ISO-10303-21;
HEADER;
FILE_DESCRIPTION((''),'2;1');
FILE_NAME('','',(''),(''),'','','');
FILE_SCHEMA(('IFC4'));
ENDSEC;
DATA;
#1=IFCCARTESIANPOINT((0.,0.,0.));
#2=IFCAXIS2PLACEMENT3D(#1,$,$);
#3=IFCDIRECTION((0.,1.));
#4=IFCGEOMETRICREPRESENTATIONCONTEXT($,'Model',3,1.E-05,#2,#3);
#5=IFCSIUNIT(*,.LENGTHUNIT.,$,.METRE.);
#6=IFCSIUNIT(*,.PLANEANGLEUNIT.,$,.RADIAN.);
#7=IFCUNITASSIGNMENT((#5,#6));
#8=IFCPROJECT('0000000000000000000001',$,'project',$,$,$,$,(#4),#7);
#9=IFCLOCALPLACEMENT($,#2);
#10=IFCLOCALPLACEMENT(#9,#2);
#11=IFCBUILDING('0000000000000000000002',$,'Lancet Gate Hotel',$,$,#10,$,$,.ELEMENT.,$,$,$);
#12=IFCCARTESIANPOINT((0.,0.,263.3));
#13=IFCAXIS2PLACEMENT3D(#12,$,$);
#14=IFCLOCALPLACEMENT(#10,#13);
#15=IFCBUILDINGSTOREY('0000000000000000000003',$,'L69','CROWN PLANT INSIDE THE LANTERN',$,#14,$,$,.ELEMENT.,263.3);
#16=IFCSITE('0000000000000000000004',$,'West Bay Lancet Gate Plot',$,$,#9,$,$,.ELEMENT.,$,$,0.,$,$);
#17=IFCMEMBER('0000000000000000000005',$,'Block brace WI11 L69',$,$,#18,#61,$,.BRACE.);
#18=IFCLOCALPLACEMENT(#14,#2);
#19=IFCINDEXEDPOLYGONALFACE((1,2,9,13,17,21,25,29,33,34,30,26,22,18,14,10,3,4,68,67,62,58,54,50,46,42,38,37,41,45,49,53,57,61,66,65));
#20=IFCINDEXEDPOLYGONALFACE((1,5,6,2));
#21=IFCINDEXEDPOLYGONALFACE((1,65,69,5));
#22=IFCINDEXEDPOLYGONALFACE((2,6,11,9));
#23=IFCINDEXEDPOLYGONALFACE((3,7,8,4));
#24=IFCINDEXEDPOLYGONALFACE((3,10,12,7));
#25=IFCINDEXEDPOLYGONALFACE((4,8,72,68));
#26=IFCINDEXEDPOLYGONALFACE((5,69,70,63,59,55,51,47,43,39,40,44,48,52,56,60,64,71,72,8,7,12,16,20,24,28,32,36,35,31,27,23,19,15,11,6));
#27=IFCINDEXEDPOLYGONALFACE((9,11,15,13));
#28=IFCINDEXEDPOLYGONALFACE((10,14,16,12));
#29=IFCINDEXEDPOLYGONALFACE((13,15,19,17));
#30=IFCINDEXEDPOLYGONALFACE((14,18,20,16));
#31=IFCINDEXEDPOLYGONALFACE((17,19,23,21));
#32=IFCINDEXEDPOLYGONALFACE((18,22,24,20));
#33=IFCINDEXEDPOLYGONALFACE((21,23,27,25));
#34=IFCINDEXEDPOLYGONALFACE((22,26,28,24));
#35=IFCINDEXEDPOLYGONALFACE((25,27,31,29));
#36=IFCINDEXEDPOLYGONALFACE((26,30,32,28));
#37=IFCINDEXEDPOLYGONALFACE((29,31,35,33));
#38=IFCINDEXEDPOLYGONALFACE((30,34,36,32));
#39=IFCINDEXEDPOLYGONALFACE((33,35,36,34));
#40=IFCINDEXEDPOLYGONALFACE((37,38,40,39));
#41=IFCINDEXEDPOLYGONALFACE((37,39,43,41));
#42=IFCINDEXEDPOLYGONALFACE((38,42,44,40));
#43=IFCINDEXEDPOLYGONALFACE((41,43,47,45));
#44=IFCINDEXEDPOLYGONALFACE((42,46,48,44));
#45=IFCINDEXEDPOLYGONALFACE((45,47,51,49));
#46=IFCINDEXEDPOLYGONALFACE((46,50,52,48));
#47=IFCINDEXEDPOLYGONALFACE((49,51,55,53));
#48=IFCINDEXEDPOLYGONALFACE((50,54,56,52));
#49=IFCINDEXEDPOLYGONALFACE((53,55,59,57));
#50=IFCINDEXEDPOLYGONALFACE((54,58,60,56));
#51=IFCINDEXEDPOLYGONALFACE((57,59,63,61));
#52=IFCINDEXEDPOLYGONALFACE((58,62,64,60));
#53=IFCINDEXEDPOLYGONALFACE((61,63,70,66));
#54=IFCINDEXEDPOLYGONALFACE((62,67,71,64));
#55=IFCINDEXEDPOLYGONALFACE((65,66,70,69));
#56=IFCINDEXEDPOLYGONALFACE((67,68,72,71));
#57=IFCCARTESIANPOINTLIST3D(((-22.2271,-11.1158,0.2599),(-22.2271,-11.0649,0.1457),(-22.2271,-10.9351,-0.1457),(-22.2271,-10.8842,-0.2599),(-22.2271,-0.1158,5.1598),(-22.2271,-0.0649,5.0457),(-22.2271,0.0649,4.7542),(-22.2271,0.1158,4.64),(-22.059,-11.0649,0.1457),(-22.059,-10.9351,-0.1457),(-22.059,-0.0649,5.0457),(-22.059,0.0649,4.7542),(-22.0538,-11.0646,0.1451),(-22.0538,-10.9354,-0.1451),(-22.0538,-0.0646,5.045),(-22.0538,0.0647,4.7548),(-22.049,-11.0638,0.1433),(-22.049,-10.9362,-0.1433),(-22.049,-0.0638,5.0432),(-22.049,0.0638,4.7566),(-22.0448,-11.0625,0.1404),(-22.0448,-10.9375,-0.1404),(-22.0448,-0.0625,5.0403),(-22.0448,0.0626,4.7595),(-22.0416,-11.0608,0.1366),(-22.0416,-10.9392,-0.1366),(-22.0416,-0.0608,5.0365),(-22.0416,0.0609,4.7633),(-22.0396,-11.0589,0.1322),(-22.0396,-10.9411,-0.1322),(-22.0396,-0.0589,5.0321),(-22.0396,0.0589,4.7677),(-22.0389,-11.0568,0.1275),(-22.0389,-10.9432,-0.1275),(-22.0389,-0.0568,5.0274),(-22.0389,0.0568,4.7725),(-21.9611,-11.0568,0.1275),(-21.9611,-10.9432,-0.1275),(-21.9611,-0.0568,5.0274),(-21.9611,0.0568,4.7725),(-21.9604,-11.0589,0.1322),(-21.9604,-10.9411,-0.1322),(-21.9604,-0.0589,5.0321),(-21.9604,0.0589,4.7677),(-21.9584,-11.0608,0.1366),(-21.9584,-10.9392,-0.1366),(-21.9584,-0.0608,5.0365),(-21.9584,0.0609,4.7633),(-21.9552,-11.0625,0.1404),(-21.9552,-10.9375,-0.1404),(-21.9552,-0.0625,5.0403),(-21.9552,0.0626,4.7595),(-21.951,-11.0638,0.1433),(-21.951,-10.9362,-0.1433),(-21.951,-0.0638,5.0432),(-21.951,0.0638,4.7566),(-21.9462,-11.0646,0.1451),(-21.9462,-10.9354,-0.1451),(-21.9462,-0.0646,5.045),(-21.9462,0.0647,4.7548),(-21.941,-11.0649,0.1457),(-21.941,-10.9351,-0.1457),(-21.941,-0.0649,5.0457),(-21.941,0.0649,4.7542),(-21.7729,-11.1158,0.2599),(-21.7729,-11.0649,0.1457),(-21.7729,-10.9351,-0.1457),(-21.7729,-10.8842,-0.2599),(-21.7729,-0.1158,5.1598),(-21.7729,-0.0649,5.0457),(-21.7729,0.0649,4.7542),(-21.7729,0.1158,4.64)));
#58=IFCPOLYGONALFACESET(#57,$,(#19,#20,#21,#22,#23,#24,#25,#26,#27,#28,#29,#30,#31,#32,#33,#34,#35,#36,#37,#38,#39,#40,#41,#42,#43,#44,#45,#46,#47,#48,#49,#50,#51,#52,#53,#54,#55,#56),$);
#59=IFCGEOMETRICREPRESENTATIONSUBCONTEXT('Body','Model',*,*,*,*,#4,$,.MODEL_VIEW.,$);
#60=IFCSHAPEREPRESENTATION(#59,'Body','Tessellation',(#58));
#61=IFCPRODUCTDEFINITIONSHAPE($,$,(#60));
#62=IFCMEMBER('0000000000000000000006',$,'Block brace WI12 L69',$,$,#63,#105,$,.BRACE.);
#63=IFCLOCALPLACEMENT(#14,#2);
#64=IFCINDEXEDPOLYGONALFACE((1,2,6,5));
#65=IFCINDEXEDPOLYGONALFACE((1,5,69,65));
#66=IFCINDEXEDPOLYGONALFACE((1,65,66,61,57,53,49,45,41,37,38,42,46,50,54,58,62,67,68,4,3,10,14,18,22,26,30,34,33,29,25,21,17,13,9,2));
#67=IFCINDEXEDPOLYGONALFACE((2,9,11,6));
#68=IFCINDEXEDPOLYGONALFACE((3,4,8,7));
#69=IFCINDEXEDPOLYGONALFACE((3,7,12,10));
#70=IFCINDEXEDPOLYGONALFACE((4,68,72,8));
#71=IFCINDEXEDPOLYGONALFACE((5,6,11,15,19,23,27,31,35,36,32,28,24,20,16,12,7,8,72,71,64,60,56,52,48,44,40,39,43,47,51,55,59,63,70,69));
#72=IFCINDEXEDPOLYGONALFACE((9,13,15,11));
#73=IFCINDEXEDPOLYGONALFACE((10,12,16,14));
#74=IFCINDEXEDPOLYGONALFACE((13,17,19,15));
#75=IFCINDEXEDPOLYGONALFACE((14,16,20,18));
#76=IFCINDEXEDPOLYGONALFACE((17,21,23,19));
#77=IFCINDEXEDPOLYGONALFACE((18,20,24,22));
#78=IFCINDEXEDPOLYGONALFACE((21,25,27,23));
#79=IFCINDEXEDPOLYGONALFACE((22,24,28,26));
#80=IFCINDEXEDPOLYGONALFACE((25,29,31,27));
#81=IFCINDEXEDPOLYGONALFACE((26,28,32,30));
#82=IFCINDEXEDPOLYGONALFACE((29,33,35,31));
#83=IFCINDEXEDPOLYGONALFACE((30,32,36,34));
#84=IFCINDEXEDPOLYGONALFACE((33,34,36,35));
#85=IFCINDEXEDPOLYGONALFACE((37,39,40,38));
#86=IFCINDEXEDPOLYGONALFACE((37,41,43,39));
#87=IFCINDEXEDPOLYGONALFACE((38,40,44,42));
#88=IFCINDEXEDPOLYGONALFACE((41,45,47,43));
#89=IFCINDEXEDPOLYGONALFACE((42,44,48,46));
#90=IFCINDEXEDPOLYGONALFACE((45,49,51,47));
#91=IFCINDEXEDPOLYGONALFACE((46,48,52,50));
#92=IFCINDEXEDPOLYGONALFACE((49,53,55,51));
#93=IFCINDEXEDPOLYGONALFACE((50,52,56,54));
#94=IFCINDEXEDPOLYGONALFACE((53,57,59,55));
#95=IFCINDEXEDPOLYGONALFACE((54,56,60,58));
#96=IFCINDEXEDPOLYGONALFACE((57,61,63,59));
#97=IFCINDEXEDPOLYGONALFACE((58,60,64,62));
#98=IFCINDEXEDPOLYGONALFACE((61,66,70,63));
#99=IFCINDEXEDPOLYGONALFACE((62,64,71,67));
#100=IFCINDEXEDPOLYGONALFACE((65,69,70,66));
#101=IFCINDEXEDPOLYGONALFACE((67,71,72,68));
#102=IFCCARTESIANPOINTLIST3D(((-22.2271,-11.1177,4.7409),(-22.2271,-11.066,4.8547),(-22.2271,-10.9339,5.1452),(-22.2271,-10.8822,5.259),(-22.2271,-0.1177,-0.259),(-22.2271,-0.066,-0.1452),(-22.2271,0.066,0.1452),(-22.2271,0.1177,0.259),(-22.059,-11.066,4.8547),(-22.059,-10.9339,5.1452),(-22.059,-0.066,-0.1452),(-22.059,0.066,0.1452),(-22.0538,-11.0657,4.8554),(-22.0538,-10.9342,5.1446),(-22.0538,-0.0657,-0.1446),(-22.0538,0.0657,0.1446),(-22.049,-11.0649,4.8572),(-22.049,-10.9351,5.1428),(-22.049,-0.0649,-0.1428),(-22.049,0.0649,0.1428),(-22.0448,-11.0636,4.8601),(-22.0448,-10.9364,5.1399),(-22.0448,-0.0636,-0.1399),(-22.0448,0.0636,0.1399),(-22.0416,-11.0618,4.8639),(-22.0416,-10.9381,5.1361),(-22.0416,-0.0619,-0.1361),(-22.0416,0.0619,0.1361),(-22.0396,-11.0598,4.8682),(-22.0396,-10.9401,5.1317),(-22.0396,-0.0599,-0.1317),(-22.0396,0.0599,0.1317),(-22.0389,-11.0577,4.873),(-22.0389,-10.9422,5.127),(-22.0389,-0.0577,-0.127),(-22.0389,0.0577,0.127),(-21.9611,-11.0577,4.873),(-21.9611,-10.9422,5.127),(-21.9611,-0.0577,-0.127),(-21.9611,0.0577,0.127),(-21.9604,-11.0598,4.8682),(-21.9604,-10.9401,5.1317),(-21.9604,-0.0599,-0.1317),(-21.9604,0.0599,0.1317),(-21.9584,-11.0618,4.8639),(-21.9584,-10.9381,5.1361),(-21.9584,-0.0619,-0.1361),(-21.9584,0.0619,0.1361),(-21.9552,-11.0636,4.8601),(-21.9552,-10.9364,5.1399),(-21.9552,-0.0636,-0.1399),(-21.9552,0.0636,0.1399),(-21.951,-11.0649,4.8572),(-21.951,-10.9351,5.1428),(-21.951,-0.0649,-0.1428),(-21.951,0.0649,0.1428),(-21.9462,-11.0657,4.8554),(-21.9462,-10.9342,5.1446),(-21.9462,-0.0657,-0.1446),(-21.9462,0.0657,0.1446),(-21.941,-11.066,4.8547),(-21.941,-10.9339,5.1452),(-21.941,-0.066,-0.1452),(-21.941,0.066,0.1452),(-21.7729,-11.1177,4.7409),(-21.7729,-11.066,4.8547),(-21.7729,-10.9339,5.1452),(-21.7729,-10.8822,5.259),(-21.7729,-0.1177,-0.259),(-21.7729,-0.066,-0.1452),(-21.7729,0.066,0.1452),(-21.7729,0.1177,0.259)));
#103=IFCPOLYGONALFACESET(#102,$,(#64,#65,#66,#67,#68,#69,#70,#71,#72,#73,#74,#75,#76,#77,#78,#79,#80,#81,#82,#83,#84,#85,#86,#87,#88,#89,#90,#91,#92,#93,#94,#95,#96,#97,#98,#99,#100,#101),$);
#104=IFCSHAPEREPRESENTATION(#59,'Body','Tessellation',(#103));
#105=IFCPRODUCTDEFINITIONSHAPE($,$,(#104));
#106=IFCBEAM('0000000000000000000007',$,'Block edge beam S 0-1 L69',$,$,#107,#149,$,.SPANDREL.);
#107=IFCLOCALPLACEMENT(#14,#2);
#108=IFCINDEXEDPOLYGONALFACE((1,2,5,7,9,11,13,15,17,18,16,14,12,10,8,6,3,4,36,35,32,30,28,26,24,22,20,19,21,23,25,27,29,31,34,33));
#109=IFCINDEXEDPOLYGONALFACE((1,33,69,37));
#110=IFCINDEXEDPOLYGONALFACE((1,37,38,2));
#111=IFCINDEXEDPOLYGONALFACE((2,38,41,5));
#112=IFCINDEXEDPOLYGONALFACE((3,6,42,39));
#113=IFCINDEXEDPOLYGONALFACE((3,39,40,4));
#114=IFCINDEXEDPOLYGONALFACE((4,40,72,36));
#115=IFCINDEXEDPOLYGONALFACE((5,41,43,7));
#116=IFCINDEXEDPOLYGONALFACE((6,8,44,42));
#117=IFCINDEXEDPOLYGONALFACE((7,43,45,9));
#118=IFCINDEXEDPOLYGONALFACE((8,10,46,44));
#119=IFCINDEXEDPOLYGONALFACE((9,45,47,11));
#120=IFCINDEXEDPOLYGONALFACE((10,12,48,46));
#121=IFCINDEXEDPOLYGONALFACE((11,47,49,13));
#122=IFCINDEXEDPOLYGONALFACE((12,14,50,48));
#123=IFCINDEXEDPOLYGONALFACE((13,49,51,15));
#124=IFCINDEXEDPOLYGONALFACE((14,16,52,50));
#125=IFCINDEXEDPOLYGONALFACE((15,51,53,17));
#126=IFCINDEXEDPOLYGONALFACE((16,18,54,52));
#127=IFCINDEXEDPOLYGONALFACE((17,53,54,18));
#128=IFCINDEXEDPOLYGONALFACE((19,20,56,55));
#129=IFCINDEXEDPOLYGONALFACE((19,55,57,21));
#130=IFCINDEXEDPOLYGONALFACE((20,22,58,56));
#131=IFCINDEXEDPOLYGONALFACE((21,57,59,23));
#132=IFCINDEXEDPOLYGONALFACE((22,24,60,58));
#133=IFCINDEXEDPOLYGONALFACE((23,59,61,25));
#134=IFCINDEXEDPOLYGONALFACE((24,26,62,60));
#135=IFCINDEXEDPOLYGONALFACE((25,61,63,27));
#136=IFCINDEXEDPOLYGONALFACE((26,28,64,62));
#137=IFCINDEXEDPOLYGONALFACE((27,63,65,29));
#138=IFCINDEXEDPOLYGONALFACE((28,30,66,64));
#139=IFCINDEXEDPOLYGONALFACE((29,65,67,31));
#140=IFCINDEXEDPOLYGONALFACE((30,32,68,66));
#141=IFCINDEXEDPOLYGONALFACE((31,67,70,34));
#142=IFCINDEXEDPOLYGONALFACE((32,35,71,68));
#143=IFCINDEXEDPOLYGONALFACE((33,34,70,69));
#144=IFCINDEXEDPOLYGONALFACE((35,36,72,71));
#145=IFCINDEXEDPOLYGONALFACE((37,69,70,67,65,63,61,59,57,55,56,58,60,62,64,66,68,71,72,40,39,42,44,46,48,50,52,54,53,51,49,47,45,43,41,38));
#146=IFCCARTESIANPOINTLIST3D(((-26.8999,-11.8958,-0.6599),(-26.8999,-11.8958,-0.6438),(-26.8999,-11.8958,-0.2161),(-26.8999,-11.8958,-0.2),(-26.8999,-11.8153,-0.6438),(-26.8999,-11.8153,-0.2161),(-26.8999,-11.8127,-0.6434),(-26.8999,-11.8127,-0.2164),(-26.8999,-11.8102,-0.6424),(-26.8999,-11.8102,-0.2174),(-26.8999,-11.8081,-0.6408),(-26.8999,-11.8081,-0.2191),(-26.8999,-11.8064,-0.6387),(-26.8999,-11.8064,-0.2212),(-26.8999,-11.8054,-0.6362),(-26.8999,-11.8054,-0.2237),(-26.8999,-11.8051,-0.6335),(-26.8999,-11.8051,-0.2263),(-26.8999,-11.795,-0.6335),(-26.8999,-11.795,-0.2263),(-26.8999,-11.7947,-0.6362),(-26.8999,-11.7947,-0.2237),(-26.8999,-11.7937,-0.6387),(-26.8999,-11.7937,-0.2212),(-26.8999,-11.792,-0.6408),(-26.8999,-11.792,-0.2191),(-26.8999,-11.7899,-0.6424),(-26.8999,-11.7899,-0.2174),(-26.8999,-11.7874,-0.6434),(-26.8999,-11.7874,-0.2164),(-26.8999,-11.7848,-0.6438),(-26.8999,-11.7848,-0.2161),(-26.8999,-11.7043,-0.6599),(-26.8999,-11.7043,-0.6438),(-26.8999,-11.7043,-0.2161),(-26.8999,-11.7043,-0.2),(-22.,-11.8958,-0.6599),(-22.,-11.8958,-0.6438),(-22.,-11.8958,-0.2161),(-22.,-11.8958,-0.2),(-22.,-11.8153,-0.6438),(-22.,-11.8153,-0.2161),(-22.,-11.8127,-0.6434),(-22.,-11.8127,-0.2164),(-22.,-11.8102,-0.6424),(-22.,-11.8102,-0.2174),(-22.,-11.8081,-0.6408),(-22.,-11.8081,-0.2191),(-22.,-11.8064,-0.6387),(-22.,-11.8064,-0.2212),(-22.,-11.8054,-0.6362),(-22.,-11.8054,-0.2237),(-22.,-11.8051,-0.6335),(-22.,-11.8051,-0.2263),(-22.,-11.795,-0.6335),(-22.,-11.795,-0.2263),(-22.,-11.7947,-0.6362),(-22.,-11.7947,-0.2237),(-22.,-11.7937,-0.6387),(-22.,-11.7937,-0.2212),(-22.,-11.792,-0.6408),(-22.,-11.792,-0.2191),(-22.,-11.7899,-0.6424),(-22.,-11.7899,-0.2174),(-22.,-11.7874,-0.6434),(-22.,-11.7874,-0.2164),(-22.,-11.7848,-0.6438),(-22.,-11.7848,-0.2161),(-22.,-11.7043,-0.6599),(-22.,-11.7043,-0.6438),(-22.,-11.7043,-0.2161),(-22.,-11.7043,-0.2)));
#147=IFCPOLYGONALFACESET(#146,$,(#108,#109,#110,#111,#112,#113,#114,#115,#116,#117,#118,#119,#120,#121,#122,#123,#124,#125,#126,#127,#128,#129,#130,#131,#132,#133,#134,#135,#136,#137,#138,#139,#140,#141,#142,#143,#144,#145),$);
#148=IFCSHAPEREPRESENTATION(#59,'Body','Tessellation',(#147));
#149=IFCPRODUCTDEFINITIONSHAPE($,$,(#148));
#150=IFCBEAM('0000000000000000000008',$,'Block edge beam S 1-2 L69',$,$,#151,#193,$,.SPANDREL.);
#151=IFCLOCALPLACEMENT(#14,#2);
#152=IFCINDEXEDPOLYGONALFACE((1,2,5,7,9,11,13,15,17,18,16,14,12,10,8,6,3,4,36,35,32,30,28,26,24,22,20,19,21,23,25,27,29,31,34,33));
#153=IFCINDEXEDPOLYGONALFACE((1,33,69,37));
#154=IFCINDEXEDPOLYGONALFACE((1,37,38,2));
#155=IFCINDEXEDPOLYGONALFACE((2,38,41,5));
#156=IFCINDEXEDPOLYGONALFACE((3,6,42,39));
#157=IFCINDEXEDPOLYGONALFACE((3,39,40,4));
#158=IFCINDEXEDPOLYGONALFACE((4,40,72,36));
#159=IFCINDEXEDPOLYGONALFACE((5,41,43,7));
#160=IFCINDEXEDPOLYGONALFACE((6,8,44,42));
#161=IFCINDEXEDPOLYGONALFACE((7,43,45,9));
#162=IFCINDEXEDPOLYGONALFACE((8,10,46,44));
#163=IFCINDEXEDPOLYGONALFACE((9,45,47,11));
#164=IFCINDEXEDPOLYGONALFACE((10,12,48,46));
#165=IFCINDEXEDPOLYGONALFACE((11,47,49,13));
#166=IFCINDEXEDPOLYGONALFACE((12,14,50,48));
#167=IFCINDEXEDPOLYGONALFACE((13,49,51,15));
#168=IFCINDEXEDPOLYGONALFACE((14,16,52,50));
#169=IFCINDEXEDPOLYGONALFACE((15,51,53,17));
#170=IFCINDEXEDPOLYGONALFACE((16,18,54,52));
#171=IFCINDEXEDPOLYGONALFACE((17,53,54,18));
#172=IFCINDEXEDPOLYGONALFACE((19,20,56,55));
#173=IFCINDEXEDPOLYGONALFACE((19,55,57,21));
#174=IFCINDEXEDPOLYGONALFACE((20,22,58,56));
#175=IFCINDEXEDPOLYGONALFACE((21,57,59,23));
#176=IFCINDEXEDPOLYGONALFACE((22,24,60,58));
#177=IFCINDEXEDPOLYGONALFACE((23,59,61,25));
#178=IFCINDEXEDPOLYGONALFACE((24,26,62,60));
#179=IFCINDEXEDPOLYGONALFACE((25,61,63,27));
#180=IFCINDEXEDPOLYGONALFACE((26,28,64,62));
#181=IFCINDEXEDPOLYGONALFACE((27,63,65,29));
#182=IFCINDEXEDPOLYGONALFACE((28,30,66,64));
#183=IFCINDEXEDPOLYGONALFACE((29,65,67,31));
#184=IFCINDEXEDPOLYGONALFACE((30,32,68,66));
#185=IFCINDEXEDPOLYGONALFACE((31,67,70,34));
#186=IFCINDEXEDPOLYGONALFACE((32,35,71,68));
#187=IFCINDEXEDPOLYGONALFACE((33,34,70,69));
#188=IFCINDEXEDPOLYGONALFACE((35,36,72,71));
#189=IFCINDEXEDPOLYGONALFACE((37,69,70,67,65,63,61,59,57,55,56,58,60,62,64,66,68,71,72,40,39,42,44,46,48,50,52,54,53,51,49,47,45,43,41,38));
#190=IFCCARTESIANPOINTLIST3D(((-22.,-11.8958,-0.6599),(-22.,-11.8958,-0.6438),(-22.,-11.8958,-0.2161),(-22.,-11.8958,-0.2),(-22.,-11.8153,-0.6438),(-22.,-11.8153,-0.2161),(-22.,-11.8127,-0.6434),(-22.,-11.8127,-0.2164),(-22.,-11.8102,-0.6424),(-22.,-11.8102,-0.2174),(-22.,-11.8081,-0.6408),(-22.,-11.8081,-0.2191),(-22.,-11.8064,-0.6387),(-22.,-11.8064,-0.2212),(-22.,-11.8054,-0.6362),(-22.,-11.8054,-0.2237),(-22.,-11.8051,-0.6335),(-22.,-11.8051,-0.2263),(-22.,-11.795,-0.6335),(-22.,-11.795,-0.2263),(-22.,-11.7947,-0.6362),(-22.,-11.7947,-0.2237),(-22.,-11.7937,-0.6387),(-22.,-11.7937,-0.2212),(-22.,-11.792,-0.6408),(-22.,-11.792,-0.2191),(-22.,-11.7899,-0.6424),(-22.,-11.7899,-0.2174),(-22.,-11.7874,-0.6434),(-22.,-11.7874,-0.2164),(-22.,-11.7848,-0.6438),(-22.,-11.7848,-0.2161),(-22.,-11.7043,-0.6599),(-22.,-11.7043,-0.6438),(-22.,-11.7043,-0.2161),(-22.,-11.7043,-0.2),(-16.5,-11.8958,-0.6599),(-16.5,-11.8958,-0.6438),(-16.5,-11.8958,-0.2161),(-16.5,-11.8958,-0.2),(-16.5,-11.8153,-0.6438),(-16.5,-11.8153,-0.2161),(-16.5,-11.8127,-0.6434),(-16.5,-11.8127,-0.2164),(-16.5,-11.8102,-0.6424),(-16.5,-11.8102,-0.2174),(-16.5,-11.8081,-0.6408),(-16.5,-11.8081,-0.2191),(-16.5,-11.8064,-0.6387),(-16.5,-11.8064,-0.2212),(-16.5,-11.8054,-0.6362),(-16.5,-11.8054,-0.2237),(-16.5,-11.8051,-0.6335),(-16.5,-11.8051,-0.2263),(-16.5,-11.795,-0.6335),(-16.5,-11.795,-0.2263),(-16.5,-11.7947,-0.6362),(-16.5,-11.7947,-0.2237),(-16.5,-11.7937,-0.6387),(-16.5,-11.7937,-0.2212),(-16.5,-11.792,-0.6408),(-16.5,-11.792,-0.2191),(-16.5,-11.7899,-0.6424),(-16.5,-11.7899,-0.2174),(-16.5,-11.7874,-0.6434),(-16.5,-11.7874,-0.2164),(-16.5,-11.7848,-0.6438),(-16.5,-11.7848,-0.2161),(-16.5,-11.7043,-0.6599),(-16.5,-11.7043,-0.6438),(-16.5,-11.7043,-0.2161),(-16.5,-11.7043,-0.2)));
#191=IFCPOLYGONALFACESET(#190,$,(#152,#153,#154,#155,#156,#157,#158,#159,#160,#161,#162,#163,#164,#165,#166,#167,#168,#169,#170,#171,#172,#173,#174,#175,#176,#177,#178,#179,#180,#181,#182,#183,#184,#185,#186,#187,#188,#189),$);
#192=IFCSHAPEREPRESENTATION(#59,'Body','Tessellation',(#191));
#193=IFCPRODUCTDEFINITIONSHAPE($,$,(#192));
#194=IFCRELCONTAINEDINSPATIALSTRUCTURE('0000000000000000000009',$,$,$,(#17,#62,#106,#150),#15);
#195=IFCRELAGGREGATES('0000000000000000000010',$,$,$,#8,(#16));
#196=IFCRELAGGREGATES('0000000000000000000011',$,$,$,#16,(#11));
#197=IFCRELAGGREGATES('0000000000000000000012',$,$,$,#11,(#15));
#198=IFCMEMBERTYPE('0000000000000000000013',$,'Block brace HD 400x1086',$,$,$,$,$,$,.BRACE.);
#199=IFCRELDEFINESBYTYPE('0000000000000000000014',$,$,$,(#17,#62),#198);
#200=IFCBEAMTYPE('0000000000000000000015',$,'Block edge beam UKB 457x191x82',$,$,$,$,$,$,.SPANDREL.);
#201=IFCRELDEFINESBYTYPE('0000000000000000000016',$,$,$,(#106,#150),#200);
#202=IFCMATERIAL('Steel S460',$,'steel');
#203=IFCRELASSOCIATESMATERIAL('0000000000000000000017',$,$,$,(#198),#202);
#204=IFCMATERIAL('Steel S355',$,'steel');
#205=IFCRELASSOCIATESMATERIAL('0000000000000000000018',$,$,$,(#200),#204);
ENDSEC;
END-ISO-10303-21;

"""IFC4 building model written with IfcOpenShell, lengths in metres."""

from ifc_helpers import new_model, si_unit, direction, frame, origin, origin_2d, place, context, subcontext, project, spatial, i_section, extrude, material, material_profile, profile_set, type_object, element, save


model = new_model("IFC4")

# Units and contexts
model_context = context("Model", 3, precision=1e-05, world=origin(), true_north=direction((0.0, 1.0)))
body_context = subcontext(model_context, "Body", "Model", "MODEL_VIEW")
ifc_project = project(units=[si_unit("LENGTHUNIT", "METRE"), si_unit("PLANEANGLEUNIT", "RADIAN")], contexts=[model_context])

# Site, building, storey
site_placement = place(None, origin())
site = spatial("IfcSite", under=ifc_project, at=site_placement, Name="West Bay Lancet Gate Plot", CompositionType="ELEMENT", RefElevation=0.0)
building_placement = place(site_placement, origin())
building = spatial("IfcBuilding", under=site, at=building_placement, Name="Lancet Gate Hotel", CompositionType="ELEMENT")
storey_placement = place(building_placement, frame((0.0, 0.0, 263.3)))
storey = spatial("IfcBuildingStorey", under=building, at=storey_placement, Name="L69", Description="CROWN PLANT INSIDE THE LANTERN", CompositionType="ELEMENT", Elevation=263.3)

# Members
ifc_material_1 = material(Name="Steel S460", Category="steel")
ifc_material_profile_1 = material_profile(ifc_material_1, i_section(OverallWidth=0.4541, OverallDepth=0.5691, WebThickness=0.0779, FlangeThickness=0.125, FilletRadius=0.02, at=origin_2d()), Name="HD 400x1086")
ifc_profile_set_1 = profile_set([ifc_material_profile_1], Name="Steel S460")
member_type_1 = type_object("IfcMemberType", Name="Block brace HD 400x1086", PredefinedType="BRACE", material=ifc_profile_set_1)
member_1_placement = place(storey_placement, frame((-22.0, -11.0, 0.0), z_axis=(0.0, 0.913472, 0.406902), x_axis=(-1.0, 0.0, 0.0)))
element("IfcMember", 1, at=member_1_placement, inside=storey, type_object=member_type_1, Name="Block brace WI11 L69", PredefinedType="BRACE", context=body_context, shape_type="SweptSolid", body=[
    extrude(i_section(OverallWidth=0.4541, OverallDepth=0.5691, WebThickness=0.0779, FlangeThickness=0.125, FilletRadius=0.02, at=origin_2d()), origin(), (0.0, 0.0, 1.0), 12.042),
])
member_2_placement = place(storey_placement, frame((-22.0, 0.0, 0.0), z_axis=(0.0, -0.910366, 0.413803), x_axis=(1.0, 0.0, 0.0)))
element("IfcMember", 2, at=member_2_placement, inside=storey, type_object=member_type_1, Name="Block brace WI12 L69", PredefinedType="BRACE", context=body_context, shape_type="SweptSolid", body=[
    extrude(i_section(OverallWidth=0.4541, OverallDepth=0.5691, WebThickness=0.0779, FlangeThickness=0.125, FilletRadius=0.02, at=origin_2d()), origin(), (0.0, 0.0, 1.0), 12.083),
])

# Beams
ifc_material_2 = material(Name="Steel S355", Category="steel")
ifc_material_profile_2 = material_profile(ifc_material_2, i_section(OverallWidth=0.1914, OverallDepth=0.46, WebThickness=0.01, FlangeThickness=0.0161, FilletRadius=0.0103, at=origin_2d()), Name="UKB 457x191x82")
ifc_profile_set_2 = profile_set([ifc_material_profile_2], Name="Steel S355")
beam_type_1 = type_object("IfcBeamType", Name="Block edge beam UKB 457x191x82", PredefinedType="SPANDREL", material=ifc_profile_set_2)
beam_1_placement = place(storey_placement, frame((-26.8999, -11.8, -0.4299), z_axis=(1.0, 0.0, 0.0), x_axis=(0.0, 1.0, 0.0)))
element("IfcBeam", 3, at=beam_1_placement, inside=storey, type_object=beam_type_1, Name="Block edge beam S 0-1 L69", PredefinedType="SPANDREL", context=body_context, shape_type="SweptSolid", body=[
    extrude(i_section(OverallWidth=0.1914, OverallDepth=0.46, WebThickness=0.01, FlangeThickness=0.0161, FilletRadius=0.0103, at=origin_2d()), origin(), (0.0, 0.0, 1.0), 4.8999),
])
beam_2_placement = place(storey_placement, frame((-22.0, -11.8, -0.4299), z_axis=(1.0, 0.0, 0.0), x_axis=(0.0, 1.0, 0.0)))
element("IfcBeam", 4, at=beam_2_placement, inside=storey, type_object=beam_type_1, Name="Block edge beam S 1-2 L69", PredefinedType="SPANDREL", context=body_context, shape_type="SweptSolid", body=[
    extrude(i_section(OverallWidth=0.1914, OverallDepth=0.46, WebThickness=0.01, FlangeThickness=0.0161, FilletRadius=0.0103, at=origin_2d()), origin(), (0.0, 0.0, 1.0), 5.5),
])

save(model, "model.ifc")
